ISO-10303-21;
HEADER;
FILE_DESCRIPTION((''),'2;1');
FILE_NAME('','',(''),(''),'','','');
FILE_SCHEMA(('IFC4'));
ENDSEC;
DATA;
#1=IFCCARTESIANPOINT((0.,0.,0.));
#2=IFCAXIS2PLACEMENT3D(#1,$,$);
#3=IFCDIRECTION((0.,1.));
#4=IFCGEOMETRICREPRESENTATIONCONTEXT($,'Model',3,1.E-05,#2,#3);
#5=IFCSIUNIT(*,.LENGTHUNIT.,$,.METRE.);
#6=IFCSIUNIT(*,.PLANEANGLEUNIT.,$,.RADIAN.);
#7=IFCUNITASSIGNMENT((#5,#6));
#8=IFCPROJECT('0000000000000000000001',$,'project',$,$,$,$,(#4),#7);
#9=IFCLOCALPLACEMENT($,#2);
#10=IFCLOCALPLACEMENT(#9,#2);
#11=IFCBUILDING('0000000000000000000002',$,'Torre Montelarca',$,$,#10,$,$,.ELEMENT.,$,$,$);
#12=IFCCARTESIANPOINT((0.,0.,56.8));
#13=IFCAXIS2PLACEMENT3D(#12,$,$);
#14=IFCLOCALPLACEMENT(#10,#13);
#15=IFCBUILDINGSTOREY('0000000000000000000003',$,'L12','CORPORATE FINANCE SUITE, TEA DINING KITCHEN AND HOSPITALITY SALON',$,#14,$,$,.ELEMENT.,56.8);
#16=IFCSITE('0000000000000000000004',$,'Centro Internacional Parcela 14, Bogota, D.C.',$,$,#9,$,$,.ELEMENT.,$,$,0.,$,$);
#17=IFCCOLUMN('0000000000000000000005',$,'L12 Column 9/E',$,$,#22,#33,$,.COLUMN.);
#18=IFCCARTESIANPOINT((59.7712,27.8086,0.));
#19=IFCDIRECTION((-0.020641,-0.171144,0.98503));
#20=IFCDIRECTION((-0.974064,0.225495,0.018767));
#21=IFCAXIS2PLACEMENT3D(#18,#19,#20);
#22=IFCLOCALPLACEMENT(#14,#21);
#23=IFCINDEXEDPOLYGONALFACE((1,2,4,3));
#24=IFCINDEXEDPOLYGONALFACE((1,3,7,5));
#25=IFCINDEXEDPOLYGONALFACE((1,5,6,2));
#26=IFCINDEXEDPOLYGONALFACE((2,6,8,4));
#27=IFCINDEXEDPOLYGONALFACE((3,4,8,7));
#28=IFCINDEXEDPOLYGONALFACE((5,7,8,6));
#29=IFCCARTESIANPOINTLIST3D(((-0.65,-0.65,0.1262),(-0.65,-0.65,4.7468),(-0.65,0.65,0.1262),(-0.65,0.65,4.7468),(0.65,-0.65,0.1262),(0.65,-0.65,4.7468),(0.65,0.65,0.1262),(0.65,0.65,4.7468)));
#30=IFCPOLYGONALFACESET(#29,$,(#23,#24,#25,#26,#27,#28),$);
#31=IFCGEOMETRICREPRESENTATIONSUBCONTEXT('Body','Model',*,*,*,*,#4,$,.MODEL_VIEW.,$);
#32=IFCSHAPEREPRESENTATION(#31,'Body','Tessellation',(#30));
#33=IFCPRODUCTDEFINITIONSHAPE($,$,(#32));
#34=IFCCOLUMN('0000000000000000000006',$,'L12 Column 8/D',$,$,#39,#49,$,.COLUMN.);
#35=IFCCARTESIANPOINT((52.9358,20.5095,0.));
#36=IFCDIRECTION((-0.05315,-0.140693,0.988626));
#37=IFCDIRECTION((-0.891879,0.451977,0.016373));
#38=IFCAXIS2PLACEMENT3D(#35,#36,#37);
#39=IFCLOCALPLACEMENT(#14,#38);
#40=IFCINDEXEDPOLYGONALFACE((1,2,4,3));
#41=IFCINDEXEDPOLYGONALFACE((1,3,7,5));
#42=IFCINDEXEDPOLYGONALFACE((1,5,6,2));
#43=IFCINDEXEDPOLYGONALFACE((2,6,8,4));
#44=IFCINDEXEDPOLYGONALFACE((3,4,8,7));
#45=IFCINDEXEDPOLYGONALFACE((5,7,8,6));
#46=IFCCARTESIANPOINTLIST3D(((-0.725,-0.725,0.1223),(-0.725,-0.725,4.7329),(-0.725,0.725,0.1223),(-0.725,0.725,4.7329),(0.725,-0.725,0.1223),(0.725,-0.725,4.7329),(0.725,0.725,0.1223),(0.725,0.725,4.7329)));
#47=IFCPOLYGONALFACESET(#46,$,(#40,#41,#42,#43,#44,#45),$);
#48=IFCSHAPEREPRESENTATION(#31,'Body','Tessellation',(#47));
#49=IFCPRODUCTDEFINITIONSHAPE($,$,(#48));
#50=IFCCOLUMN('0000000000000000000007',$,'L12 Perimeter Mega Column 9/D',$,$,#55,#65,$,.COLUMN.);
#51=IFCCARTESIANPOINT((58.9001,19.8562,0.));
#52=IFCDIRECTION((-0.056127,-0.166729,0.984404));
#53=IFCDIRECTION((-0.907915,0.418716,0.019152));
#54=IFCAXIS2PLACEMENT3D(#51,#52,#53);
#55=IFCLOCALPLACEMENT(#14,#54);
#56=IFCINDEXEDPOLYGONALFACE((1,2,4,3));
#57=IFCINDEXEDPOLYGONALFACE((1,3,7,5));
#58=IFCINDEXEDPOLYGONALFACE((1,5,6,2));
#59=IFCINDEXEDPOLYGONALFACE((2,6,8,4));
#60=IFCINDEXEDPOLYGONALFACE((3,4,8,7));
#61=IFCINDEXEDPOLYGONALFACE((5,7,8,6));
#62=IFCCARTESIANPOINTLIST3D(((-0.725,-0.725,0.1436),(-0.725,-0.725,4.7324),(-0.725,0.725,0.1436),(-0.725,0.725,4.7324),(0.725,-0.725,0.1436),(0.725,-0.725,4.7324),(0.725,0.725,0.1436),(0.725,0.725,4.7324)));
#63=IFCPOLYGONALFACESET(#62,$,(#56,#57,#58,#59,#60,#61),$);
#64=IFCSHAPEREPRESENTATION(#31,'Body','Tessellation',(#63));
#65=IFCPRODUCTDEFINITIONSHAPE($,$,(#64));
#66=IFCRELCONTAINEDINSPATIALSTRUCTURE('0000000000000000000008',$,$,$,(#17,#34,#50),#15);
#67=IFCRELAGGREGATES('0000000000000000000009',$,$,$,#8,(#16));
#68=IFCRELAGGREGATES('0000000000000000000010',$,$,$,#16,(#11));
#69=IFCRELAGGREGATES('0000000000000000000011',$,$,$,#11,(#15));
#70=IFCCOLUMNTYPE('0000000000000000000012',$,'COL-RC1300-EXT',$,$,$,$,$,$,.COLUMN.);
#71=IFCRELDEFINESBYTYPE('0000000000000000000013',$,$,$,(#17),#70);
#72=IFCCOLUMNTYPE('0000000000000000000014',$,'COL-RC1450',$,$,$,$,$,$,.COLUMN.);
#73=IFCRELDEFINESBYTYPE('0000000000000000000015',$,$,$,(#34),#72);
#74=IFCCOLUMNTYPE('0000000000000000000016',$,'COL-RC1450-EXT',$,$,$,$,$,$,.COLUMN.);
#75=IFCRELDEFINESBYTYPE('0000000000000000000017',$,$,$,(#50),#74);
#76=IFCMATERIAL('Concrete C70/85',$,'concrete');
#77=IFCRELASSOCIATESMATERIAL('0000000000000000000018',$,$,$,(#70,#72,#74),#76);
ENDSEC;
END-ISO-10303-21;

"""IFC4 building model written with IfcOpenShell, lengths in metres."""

from ifc_helpers import new_model, si_unit, direction, frame, origin, origin_2d, place, context, subcontext, project, spatial, rectangle, extrude, clip, halfspace, material, material_profile, profile_set, type_object, element, save


model = new_model("IFC4")

# Units and contexts
model_context = context("Model", 3, precision=1e-05, world=origin(), true_north=direction((0.0, 1.0)))
body_context = subcontext(model_context, "Body", "Model", "MODEL_VIEW")
ifc_project = project(units=[si_unit("LENGTHUNIT", "METRE"), si_unit("PLANEANGLEUNIT", "RADIAN")], contexts=[model_context])

# Site, building, storey
site_placement = place(None, origin())
site = spatial("IfcSite", under=ifc_project, at=site_placement, Name="Centro Internacional Parcela 14, Bogota, D.C.", CompositionType="ELEMENT", RefElevation=0.0)
building_placement = place(site_placement, origin())
building = spatial("IfcBuilding", under=site, at=building_placement, Name="Torre Montelarca", CompositionType="ELEMENT")
storey_placement = place(building_placement, frame((0.0, 0.0, 56.8)))
storey = spatial("IfcBuildingStorey", under=building, at=storey_placement, Name="L12", Description="CORPORATE FINANCE SUITE, TEA DINING KITCHEN AND HOSPITALITY SALON", CompositionType="ELEMENT", Elevation=56.8)

# Columns
ifc_material_1 = material(Name="Concrete C70/85", Category="concrete")
ifc_material_profile_1 = material_profile(ifc_material_1, rectangle(XDim=1.3, YDim=1.3, at=origin_2d()), Name="RC1300X1300", Category="concrete")
ifc_profile_set_1 = profile_set([ifc_material_profile_1], Name="Concrete C70/85")
column_type_1 = type_object("IfcColumnType", Name="COL-RC1300-EXT", PredefinedType="COLUMN", material=ifc_profile_set_1)
column_1_placement = place(storey_placement, frame((59.7712, 27.8086, 0.0), z_axis=(-0.020641, -0.171144, 0.98503), x_axis=(-0.974064, 0.225495, 0.018767)))
element("IfcColumn", 1, at=column_1_placement, inside=storey, type_object=column_type_1, Name="L12 Column 9/E", PredefinedType="COLUMN", context=body_context, shape_type="Clipping", body=[
    clip(clip(extrude(rectangle(XDim=1.3, YDim=1.3, at=origin_2d()), origin(), (0.0, 0.0, 1.0), 4.873), halfspace(frame((0.0, 0.0, 0.1262), z_axis=(0.0, 0.0, -1.0), x_axis=(1.0, 0.0, 0.0)), False)), halfspace(frame((0.0, 0.0, 4.7468), z_axis=(0.0, 0.0, 1.0), x_axis=(1.0, 0.0, 0.0)), False)),
])
ifc_material_profile_2 = material_profile(ifc_material_1, rectangle(XDim=1.45, YDim=1.45, at=origin_2d()), Name="RC1450X1450", Category="concrete")
ifc_profile_set_2 = profile_set([ifc_material_profile_2], Name="Concrete C70/85")
column_type_2 = type_object("IfcColumnType", Name="COL-RC1450", PredefinedType="COLUMN", material=ifc_profile_set_2)
column_2_placement = place(storey_placement, frame((52.9358, 20.5095, 0.0), z_axis=(-0.05315, -0.140693, 0.988626), x_axis=(-0.891879, 0.451977, 0.016373)))
element("IfcColumn", 2, at=column_2_placement, inside=storey, type_object=column_type_2, Name="L12 Column 8/D", PredefinedType="COLUMN", context=body_context, shape_type="Clipping", body=[
    clip(clip(extrude(rectangle(XDim=1.45, YDim=1.45, at=origin_2d()), origin(), (0.0, 0.0, 1.0), 4.8552), halfspace(frame((0.0, 0.0, 0.1223), z_axis=(0.0, 0.0, -1.0), x_axis=(1.0, 0.0, 0.0)), False)), halfspace(frame((0.0, 0.0, 4.7329), z_axis=(0.0, 0.0, 1.0), x_axis=(1.0, 0.0, 0.0)), False)),
])
ifc_material_profile_3 = material_profile(ifc_material_1, rectangle(XDim=1.45, YDim=1.45, at=origin_2d()), Name="RC1450X1450", Category="concrete")
ifc_profile_set_3 = profile_set([ifc_material_profile_3], Name="Concrete C70/85")
column_type_3 = type_object("IfcColumnType", Name="COL-RC1450-EXT", PredefinedType="COLUMN", material=ifc_profile_set_3)
column_3_placement = place(storey_placement, frame((58.9001, 19.8562, 0.0), z_axis=(-0.056127, -0.166729, 0.984404), x_axis=(-0.907915, 0.418716, 0.019152)))
element("IfcColumn", 3, at=column_3_placement, inside=storey, type_object=column_type_3, Name="L12 Perimeter Mega Column 9/D", PredefinedType="COLUMN", context=body_context, shape_type="Clipping", body=[
    clip(clip(extrude(rectangle(XDim=1.45, YDim=1.45, at=origin_2d()), origin(), (0.0, 0.0, 1.0), 4.876), halfspace(frame((0.0, 0.0, 0.1436), z_axis=(0.0, 0.0, -1.0), x_axis=(1.0, 0.0, 0.0)), False)), halfspace(frame((0.0, 0.0, 4.7324), z_axis=(0.0, 0.0, 1.0), x_axis=(1.0, 0.0, 0.0)), False)),
])

save(model, "model.ifc")
